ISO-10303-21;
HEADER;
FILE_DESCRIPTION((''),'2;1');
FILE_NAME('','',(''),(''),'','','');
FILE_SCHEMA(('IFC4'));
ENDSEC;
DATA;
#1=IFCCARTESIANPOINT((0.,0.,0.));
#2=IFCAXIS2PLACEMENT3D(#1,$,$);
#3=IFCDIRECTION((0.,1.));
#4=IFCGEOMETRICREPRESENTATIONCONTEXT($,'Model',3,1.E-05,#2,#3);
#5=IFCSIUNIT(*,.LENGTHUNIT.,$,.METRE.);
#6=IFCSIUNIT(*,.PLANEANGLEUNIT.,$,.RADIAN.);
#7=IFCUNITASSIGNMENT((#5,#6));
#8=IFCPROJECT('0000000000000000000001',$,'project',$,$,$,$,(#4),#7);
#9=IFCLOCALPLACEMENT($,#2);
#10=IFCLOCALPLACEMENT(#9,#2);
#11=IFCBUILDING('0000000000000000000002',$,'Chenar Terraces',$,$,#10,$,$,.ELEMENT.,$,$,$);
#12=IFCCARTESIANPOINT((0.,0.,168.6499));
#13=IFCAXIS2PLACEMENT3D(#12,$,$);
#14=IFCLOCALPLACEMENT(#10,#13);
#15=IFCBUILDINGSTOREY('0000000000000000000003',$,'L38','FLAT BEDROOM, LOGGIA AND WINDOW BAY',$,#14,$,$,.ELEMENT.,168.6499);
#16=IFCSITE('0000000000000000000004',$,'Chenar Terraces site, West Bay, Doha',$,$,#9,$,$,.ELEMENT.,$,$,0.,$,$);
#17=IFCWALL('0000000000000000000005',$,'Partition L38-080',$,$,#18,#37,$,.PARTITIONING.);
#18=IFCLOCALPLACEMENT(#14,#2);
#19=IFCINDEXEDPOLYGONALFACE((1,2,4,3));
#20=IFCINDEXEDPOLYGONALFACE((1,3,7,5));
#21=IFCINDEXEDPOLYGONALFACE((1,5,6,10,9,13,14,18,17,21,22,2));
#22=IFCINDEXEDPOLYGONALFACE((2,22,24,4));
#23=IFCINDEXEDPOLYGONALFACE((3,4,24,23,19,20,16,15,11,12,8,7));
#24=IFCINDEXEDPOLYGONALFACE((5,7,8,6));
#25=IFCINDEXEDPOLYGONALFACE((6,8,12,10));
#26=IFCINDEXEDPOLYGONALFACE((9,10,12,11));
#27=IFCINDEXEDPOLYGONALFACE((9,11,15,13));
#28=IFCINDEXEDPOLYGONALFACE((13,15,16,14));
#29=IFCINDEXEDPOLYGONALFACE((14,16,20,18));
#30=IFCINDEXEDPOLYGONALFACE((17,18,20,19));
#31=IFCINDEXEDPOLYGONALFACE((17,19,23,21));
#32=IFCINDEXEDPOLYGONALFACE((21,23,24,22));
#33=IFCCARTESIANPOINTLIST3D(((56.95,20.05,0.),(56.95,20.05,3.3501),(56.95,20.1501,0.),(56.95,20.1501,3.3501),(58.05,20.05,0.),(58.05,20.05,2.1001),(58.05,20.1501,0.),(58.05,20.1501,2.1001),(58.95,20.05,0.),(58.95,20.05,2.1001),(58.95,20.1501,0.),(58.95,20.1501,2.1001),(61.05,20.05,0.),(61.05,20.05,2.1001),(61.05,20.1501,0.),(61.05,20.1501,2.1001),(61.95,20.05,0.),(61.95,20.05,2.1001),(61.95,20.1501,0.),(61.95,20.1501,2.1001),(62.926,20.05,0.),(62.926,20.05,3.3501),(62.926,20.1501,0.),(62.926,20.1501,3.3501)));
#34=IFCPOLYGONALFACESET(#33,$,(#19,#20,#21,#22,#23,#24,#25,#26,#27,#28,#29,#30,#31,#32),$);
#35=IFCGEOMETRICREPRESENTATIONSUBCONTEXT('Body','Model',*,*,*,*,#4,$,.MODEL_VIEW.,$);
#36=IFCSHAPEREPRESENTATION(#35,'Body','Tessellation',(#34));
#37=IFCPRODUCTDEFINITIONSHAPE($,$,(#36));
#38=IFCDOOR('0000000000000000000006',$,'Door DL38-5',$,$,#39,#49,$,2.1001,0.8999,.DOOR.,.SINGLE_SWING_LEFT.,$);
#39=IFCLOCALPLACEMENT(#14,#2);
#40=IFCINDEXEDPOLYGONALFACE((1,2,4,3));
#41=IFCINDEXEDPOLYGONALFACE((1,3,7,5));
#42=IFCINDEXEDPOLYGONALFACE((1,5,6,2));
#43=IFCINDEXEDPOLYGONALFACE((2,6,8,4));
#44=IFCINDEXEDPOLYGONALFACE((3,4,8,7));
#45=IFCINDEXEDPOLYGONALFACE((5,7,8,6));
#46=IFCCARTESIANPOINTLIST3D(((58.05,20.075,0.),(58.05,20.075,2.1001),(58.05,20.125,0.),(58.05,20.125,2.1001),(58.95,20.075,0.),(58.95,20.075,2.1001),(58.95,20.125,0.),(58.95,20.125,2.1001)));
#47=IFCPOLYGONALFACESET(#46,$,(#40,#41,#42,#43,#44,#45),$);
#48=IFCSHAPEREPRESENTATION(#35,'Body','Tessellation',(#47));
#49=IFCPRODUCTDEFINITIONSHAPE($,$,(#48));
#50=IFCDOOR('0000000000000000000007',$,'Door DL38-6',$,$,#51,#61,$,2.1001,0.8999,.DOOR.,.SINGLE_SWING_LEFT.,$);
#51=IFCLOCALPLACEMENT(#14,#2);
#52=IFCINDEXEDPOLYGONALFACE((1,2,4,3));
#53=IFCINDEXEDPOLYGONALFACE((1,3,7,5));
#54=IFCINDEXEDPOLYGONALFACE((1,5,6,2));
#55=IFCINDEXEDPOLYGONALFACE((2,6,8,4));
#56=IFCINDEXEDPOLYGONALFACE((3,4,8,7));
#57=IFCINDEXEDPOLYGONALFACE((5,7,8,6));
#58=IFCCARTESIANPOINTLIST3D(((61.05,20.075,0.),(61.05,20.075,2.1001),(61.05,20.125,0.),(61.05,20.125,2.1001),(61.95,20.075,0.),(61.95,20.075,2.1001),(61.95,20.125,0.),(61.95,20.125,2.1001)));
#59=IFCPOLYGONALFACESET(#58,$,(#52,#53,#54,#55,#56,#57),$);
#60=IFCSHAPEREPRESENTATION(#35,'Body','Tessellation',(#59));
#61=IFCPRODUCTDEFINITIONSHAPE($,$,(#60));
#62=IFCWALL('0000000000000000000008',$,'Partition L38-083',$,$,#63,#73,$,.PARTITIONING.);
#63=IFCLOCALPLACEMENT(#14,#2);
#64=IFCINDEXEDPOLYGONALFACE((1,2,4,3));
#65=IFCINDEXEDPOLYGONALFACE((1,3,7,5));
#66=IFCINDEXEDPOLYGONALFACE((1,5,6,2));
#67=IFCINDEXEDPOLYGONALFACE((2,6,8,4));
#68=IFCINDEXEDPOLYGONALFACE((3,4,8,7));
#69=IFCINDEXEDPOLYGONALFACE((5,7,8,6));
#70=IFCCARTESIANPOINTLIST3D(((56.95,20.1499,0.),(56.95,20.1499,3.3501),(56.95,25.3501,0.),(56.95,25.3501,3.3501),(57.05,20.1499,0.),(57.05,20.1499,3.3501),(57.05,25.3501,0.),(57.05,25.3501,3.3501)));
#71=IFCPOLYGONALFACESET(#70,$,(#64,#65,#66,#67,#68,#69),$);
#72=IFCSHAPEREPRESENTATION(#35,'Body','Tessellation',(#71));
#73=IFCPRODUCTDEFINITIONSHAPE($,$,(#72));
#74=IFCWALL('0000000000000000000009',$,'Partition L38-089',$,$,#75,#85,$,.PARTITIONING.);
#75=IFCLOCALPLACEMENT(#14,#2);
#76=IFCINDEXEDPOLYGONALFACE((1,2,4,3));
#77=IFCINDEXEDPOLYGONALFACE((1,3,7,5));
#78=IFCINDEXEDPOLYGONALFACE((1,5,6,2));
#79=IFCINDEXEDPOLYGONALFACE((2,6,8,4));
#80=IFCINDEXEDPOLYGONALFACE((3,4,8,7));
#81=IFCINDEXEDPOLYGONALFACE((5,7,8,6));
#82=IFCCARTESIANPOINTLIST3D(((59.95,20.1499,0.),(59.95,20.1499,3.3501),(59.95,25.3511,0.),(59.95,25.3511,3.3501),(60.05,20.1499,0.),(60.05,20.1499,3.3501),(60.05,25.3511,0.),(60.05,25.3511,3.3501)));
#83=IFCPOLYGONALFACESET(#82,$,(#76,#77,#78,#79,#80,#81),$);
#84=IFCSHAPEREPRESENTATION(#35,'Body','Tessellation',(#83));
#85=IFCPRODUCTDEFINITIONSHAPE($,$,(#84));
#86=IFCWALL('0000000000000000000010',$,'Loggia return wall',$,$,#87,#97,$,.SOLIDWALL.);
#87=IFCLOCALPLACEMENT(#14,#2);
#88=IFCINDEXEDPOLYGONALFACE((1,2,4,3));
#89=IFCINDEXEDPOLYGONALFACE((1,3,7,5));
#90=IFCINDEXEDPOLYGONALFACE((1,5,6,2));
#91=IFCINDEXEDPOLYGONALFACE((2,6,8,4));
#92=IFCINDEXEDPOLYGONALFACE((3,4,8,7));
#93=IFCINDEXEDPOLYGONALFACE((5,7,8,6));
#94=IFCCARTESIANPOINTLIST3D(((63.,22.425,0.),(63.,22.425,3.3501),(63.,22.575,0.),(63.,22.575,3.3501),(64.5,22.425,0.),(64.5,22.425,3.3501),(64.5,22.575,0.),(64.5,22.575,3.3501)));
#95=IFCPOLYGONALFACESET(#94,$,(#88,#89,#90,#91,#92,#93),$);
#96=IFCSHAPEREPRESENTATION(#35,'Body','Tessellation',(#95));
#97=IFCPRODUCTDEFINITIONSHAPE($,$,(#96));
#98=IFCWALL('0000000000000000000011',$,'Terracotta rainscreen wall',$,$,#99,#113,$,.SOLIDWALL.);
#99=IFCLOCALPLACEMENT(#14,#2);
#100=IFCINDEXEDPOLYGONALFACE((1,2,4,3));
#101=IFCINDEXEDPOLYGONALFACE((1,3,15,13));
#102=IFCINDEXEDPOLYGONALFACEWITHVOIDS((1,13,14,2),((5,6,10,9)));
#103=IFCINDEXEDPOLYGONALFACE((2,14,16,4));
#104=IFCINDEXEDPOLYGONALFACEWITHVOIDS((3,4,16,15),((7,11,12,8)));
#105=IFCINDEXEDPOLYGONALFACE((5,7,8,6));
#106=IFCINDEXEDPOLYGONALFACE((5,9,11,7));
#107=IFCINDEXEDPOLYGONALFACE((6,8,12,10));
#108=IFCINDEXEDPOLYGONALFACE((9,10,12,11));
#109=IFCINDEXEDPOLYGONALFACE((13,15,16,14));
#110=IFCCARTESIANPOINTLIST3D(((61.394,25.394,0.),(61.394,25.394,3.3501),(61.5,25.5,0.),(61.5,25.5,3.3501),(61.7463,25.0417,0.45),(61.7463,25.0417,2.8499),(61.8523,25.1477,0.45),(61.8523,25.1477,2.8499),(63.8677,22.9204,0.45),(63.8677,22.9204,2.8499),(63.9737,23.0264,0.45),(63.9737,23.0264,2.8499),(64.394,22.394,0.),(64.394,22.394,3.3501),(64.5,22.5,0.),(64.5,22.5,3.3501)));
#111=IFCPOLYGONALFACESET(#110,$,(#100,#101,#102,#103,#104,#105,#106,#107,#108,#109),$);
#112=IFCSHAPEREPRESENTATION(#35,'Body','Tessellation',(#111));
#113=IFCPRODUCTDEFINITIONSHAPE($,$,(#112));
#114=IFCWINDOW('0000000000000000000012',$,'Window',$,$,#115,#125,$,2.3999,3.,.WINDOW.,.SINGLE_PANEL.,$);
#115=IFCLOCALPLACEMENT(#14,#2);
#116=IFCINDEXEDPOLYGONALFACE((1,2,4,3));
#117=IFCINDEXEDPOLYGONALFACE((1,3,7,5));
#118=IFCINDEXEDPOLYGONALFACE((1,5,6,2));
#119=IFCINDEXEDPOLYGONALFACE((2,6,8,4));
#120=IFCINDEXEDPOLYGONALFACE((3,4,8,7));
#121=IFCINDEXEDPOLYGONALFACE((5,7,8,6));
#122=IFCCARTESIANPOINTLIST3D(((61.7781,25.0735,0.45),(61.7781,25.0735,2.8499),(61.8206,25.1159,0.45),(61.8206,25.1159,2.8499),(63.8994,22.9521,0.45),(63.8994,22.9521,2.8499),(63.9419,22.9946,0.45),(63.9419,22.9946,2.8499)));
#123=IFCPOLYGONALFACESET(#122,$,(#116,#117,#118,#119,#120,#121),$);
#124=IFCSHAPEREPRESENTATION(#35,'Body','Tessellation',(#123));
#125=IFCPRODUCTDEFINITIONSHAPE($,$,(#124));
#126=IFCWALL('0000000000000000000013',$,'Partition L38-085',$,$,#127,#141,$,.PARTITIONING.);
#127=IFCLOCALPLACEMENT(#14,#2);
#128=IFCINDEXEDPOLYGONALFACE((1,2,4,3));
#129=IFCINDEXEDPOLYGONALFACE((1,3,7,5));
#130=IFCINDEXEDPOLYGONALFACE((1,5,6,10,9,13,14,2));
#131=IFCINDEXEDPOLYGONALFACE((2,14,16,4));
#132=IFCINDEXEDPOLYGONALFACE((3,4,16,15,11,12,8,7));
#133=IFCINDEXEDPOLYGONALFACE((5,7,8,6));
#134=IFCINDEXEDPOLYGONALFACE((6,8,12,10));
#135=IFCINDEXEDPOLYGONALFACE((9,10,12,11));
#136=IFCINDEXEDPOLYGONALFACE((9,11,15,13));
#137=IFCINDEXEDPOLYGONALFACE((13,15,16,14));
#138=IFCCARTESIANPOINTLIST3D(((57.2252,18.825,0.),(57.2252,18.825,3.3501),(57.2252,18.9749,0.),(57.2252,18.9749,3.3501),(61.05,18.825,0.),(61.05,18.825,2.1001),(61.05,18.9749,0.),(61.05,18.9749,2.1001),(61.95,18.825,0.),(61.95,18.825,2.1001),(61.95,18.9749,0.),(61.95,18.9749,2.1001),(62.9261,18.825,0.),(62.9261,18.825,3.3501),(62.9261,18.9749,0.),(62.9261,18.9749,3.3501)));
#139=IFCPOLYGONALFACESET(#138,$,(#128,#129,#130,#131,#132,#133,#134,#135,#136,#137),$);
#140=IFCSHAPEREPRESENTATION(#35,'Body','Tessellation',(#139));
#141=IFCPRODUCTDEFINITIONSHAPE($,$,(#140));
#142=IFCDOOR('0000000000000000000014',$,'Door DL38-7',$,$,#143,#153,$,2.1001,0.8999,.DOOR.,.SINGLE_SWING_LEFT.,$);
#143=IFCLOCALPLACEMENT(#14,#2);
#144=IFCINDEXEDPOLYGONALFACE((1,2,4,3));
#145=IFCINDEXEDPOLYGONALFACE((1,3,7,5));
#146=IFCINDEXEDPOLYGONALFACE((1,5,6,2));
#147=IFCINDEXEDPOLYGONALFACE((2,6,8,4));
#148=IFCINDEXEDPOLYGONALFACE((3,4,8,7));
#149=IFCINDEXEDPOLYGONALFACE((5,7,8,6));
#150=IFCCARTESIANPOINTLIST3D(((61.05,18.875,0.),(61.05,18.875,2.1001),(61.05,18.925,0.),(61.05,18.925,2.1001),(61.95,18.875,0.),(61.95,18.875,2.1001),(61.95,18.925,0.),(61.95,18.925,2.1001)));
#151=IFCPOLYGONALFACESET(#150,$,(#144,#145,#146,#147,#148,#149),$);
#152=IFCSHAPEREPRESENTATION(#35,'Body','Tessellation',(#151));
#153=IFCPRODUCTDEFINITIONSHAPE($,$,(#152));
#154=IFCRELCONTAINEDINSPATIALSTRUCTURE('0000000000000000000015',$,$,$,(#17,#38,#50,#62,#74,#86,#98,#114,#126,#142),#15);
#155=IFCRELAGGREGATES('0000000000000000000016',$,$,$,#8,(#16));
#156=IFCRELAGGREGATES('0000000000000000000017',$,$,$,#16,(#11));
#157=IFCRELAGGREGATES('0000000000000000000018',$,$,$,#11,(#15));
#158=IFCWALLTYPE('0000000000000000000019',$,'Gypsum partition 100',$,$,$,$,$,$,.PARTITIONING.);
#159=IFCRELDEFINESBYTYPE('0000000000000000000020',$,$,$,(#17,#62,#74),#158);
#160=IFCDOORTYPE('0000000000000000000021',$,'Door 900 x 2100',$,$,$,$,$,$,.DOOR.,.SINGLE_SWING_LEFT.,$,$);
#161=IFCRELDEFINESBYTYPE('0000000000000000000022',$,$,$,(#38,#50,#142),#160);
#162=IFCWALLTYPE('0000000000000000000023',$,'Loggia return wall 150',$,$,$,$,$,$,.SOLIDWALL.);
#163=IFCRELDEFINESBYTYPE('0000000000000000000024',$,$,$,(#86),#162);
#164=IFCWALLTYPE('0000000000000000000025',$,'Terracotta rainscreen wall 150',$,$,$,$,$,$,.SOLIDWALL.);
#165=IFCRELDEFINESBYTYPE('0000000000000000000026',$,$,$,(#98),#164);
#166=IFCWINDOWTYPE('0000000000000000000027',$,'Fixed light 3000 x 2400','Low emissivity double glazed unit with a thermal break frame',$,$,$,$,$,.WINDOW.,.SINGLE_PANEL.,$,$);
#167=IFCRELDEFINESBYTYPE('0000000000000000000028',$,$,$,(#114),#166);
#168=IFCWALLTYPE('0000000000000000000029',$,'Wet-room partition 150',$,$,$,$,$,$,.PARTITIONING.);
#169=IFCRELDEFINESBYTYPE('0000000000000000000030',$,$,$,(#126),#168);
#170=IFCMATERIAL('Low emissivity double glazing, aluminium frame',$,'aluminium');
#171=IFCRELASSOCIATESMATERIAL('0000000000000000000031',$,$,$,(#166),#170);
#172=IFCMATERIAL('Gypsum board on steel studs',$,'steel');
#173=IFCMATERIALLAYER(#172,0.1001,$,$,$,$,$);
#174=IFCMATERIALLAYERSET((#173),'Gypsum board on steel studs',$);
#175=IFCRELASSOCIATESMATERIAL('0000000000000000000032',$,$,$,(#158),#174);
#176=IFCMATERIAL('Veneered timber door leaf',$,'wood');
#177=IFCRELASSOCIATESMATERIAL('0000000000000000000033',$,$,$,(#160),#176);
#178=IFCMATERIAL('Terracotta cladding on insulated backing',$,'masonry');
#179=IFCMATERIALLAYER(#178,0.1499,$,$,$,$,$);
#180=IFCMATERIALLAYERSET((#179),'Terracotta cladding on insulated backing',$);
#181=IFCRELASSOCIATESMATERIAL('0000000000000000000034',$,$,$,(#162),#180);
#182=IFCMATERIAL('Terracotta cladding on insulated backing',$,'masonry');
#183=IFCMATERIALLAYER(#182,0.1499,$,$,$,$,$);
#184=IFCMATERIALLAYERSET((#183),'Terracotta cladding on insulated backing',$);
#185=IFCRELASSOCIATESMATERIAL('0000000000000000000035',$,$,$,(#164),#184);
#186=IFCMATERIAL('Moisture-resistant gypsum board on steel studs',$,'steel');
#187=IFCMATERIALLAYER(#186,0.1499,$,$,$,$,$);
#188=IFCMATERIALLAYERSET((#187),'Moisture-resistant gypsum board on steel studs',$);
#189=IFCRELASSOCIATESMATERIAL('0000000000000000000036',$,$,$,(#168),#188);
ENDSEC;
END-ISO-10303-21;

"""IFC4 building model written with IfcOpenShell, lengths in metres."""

from ifc_helpers import new_model, si_unit, direction, frame, frame_2d, origin, place, context, subcontext, project, spatial, rectangle, extrude, material, layer, layer_set, type_object, element, fill, save


model = new_model("IFC4")

# Units and contexts
model_context = context("Model", 3, precision=1e-05, world=origin(), true_north=direction((0.0, 1.0)))
body_context = subcontext(model_context, "Body", "Model", "MODEL_VIEW")
ifc_project = project(units=[si_unit("LENGTHUNIT", "METRE"), si_unit("PLANEANGLEUNIT", "RADIAN")], contexts=[model_context])

# Site, building, storey
site_placement = place(None, origin())
site = spatial("IfcSite", under=ifc_project, at=site_placement, Name="Chenar Terraces site, West Bay, Doha", CompositionType="ELEMENT", RefElevation=0.0)
building_placement = place(site_placement, origin())
building = spatial("IfcBuilding", under=site, at=building_placement, Name="Chenar Terraces", CompositionType="ELEMENT")
storey_placement = place(building_placement, frame((0.0, 0.0, 168.6499)))
storey = spatial("IfcBuildingStorey", under=building, at=storey_placement, Name="L38", Description="FLAT BEDROOM, LOGGIA AND WINDOW BAY", CompositionType="ELEMENT", Elevation=168.6499)

# Shared definitions
ifc_material_1 = material(Name="Low emissivity double glazing, aluminium frame", Category="aluminium")
window_type_1 = type_object("IfcWindowType", Name="Fixed light 3000 x 2400", Description="Low emissivity double glazed unit with a thermal break frame", PartitioningType="SINGLE_PANEL", PredefinedType="WINDOW", material=ifc_material_1)

# Wall, openings, doors
ifc_material_2 = material(Name="Gypsum board on steel studs", Category="steel")
ifc_layer_1 = layer(ifc_material_2, 0.1001)
ifc_layer_set_1 = layer_set([ifc_layer_1], Name="Gypsum board on steel studs")
wall_type_1 = type_object("IfcWallType", Name="Gypsum partition 100", PredefinedType="PARTITIONING", material=ifc_layer_set_1)
wall_1_placement = place(storey_placement, frame((56.95, 20.1001, 0.0), z_axis=(0.0, 0.0, 1.0), x_axis=(1.0, 0.0, 0.0)))
wall_1 = element("IfcWall", 1, at=wall_1_placement, inside=storey, type_object=wall_type_1, Name="Partition L38-080", PredefinedType="PARTITIONING", context=body_context, shape_type="SweptSolid", body=[
    extrude(rectangle(XDim=5.9761, YDim=0.1001, at=frame_2d((2.988, 0.0))), origin(), (0.0, 0.0, 1.0), 3.3501),
])
opening_1_placement = place(wall_1_placement, frame((1.1001, 0.0, 0.0)))
opening_1 = element("IfcOpeningElement", 2, at=opening_1_placement, cuts=wall_1, PredefinedType="OPENING", context=body_context, shape_type="SweptSolid", body=[
    extrude(rectangle(XDim=0.8999, YDim=2.1001, at=frame_2d((0.45, 1.05))), frame((0.0, 0.0601, 0.0), z_axis=(0.0, -1.0, 0.0), x_axis=(1.0, 0.0, 0.0)), (0.0, 0.0, 1.0), 0.1201),
])
opening_2_placement = place(wall_1_placement, frame((4.1001, 0.0, 0.0)))
opening_2 = element("IfcOpeningElement", 3, at=opening_2_placement, cuts=wall_1, PredefinedType="OPENING", context=body_context, shape_type="SweptSolid", body=[
    extrude(rectangle(XDim=0.8999, YDim=2.1001, at=frame_2d((0.45, 1.05))), frame((0.0, 0.0601, 0.0), z_axis=(0.0, -1.0, 0.0), x_axis=(1.0, 0.0, 0.0)), (0.0, 0.0, 1.0), 0.1201),
])
ifc_material_3 = material(Name="Veneered timber door leaf", Category="wood")
door_type_1 = type_object("IfcDoorType", Name="Door 900 x 2100", OperationType="SINGLE_SWING_LEFT", PredefinedType="DOOR", material=ifc_material_3)
door_1_placement = place(opening_1_placement, origin())
door_1 = element("IfcDoor", 4, at=door_1_placement, inside=storey, type_object=door_type_1, Name="Door DL38-5", OperationType="SINGLE_SWING_LEFT", OverallHeight=2.1001, OverallWidth=0.8999, PredefinedType="DOOR", context=body_context, shape_type="SweptSolid", body=[
    extrude(rectangle(XDim=0.8999, YDim=2.1001, at=frame_2d((0.45, 1.05))), frame((0.0, 0.0249, 0.0), z_axis=(0.0, -1.0, 0.0), x_axis=(1.0, 0.0, 0.0)), (0.0, 0.0, 1.0), 0.05),
])
fill(opening_1, door_1)
door_2_placement = place(opening_2_placement, origin())
door_2 = element("IfcDoor", 5, at=door_2_placement, inside=storey, type_object=door_type_1, Name="Door DL38-6", OperationType="SINGLE_SWING_LEFT", OverallHeight=2.1001, OverallWidth=0.8999, PredefinedType="DOOR", context=body_context, shape_type="SweptSolid", body=[
    extrude(rectangle(XDim=0.8999, YDim=2.1001, at=frame_2d((0.45, 1.05))), frame((0.0, 0.0249, 0.0), z_axis=(0.0, -1.0, 0.0), x_axis=(1.0, 0.0, 0.0)), (0.0, 0.0, 1.0), 0.05),
])
fill(opening_2, door_2)

# Walls
wall_2_placement = place(storey_placement, frame((57.0, 20.1499, 0.0), z_axis=(0.0, 0.0, 1.0), x_axis=(0.0, 1.0, 0.0)))
element("IfcWall", 6, at=wall_2_placement, inside=storey, type_object=wall_type_1, Name="Partition L38-083", PredefinedType="PARTITIONING", context=body_context, shape_type="SweptSolid", body=[
    extrude(rectangle(XDim=5.2002, YDim=0.1001, at=frame_2d((2.6001, 0.0))), origin(), (0.0, 0.0, 1.0), 3.3501),
])
wall_3_placement = place(storey_placement, frame((60.0, 20.1499, 0.0), z_axis=(0.0, 0.0, 1.0), x_axis=(0.0, 1.0, 0.0)))
element("IfcWall", 7, at=wall_3_placement, inside=storey, type_object=wall_type_1, Name="Partition L38-089", PredefinedType="PARTITIONING", context=body_context, shape_type="SweptSolid", body=[
    extrude(rectangle(XDim=5.2012, YDim=0.1001, at=frame_2d((2.6006, 0.0))), origin(), (0.0, 0.0, 1.0), 3.3501),
])
ifc_material_4 = material(Name="Terracotta cladding on insulated backing", Category="masonry")
ifc_layer_2 = layer(ifc_material_4, 0.1499)
ifc_layer_set_2 = layer_set([ifc_layer_2], Name="Terracotta cladding on insulated backing")
wall_type_2 = type_object("IfcWallType", Name="Loggia return wall 150", PredefinedType="SOLIDWALL", material=ifc_layer_set_2)
wall_4_placement = place(storey_placement, frame((64.5, 22.5, 0.0), z_axis=(0.0, 0.0, 1.0), x_axis=(-1.0, 0.0, 0.0)))
element("IfcWall", 8, at=wall_4_placement, inside=storey, type_object=wall_type_2, Name="Loggia return wall", PredefinedType="SOLIDWALL", context=body_context, shape_type="SweptSolid", body=[
    extrude(rectangle(XDim=1.5, YDim=0.1499, at=frame_2d((0.75, 0.0))), origin(), (0.0, 0.0, 1.0), 3.3501),
])

# Wall, opening, window
ifc_material_5 = material(Name="Terracotta cladding on insulated backing", Category="masonry")
ifc_layer_3 = layer(ifc_material_5, 0.1499)
ifc_layer_set_3 = layer_set([ifc_layer_3], Name="Terracotta cladding on insulated backing")
wall_type_3 = type_object("IfcWallType", Name="Terracotta rainscreen wall 150", PredefinedType="SOLIDWALL", material=ifc_layer_set_3)
wall_5_placement = place(storey_placement, frame((64.447, 22.447, 0.0), z_axis=(0.0, 0.0, 1.0), x_axis=(-0.707107, 0.707107, 0.0)))
wall_5 = element("IfcWall", 9, at=wall_5_placement, inside=storey, type_object=wall_type_3, Name="Terracotta rainscreen wall", PredefinedType="SOLIDWALL", context=body_context, shape_type="SweptSolid", body=[
    extrude(rectangle(XDim=4.2427, YDim=0.1499, at=frame_2d((2.1213, 0.0))), origin(), (0.0, 0.0, 1.0), 3.3501),
])
opening_3_placement = place(wall_5_placement, frame((0.7444, 0.0, 0.45)))
opening_3 = element("IfcOpeningElement", 10, at=opening_3_placement, cuts=wall_5, PredefinedType="OPENING", context=body_context, shape_type="SweptSolid", body=[
    extrude(rectangle(XDim=3.0, YDim=2.3999, at=frame_2d((1.5, 1.2))), frame((0.0, 0.085, 0.0), z_axis=(0.0, -1.0, 0.0), x_axis=(1.0, 0.0, 0.0)), (0.0, 0.0, 1.0), 0.1699),
])
window_1_placement = place(opening_3_placement, origin())
window_1 = element("IfcWindow", 11, at=window_1_placement, inside=storey, type_object=window_type_1, Name="Window", OverallHeight=2.3999, OverallWidth=3.0, PartitioningType="SINGLE_PANEL", PredefinedType="WINDOW", context=body_context, shape_type="SweptSolid", body=[
    extrude(rectangle(XDim=3.0, YDim=2.3999, at=frame_2d((1.5, 1.2))), frame((0.0, 0.03, 0.0), z_axis=(0.0, -1.0, 0.0), x_axis=(1.0, 0.0, 0.0)), (0.0, 0.0, 1.0), 0.0601),
])
fill(opening_3, window_1)

# Wall, opening, door
ifc_material_6 = material(Name="Moisture-resistant gypsum board on steel studs", Category="steel")
ifc_layer_4 = layer(ifc_material_6, 0.1499)
ifc_layer_set_4 = layer_set([ifc_layer_4], Name="Moisture-resistant gypsum board on steel studs")
wall_type_4 = type_object("IfcWallType", Name="Wet-room partition 150", PredefinedType="PARTITIONING", material=ifc_layer_set_4)
wall_6_placement = place(storey_placement, frame((57.2251, 18.8999, 0.0), z_axis=(0.0, 0.0, 1.0), x_axis=(1.0, 0.0, 0.0)))
wall_6 = element("IfcWall", 12, at=wall_6_placement, inside=storey, type_object=wall_type_4, Name="Partition L38-085", PredefinedType="PARTITIONING", context=body_context, shape_type="SweptSolid", body=[
    extrude(rectangle(XDim=5.7009, YDim=0.1499, at=frame_2d((2.8506, 0.0))), origin(), (0.0, 0.0, 1.0), 3.3501),
])
opening_4_placement = place(wall_6_placement, frame((3.825, 0.0, 0.0)))
opening_4 = element("IfcOpeningElement", 13, at=opening_4_placement, cuts=wall_6, PredefinedType="OPENING", context=body_context, shape_type="SweptSolid", body=[
    extrude(rectangle(XDim=0.8999, YDim=2.1001, at=frame_2d((0.45, 1.05))), frame((0.0, 0.085, 0.0), z_axis=(0.0, -1.0, 0.0), x_axis=(1.0, 0.0, 0.0)), (0.0, 0.0, 1.0), 0.1699),
])
door_3_placement = place(opening_4_placement, frame((0.8999, 0.0, 0.0), z_axis=(0.0, 0.0, 1.0), x_axis=(-1.0, 0.0, 0.0)))
door_3 = element("IfcDoor", 14, at=door_3_placement, inside=storey, type_object=door_type_1, Name="Door DL38-7", OperationType="SINGLE_SWING_LEFT", OverallHeight=2.1001, OverallWidth=0.8999, PredefinedType="DOOR", context=body_context, shape_type="SweptSolid", body=[
    extrude(rectangle(XDim=0.8999, YDim=2.1001, at=frame_2d((0.45, 1.05))), frame((0.0, 0.0249, 0.0), z_axis=(0.0, -1.0, 0.0), x_axis=(1.0, 0.0, 0.0)), (0.0, 0.0, 1.0), 0.05),
])
fill(opening_4, door_3)

save(model, "model.ifc")
